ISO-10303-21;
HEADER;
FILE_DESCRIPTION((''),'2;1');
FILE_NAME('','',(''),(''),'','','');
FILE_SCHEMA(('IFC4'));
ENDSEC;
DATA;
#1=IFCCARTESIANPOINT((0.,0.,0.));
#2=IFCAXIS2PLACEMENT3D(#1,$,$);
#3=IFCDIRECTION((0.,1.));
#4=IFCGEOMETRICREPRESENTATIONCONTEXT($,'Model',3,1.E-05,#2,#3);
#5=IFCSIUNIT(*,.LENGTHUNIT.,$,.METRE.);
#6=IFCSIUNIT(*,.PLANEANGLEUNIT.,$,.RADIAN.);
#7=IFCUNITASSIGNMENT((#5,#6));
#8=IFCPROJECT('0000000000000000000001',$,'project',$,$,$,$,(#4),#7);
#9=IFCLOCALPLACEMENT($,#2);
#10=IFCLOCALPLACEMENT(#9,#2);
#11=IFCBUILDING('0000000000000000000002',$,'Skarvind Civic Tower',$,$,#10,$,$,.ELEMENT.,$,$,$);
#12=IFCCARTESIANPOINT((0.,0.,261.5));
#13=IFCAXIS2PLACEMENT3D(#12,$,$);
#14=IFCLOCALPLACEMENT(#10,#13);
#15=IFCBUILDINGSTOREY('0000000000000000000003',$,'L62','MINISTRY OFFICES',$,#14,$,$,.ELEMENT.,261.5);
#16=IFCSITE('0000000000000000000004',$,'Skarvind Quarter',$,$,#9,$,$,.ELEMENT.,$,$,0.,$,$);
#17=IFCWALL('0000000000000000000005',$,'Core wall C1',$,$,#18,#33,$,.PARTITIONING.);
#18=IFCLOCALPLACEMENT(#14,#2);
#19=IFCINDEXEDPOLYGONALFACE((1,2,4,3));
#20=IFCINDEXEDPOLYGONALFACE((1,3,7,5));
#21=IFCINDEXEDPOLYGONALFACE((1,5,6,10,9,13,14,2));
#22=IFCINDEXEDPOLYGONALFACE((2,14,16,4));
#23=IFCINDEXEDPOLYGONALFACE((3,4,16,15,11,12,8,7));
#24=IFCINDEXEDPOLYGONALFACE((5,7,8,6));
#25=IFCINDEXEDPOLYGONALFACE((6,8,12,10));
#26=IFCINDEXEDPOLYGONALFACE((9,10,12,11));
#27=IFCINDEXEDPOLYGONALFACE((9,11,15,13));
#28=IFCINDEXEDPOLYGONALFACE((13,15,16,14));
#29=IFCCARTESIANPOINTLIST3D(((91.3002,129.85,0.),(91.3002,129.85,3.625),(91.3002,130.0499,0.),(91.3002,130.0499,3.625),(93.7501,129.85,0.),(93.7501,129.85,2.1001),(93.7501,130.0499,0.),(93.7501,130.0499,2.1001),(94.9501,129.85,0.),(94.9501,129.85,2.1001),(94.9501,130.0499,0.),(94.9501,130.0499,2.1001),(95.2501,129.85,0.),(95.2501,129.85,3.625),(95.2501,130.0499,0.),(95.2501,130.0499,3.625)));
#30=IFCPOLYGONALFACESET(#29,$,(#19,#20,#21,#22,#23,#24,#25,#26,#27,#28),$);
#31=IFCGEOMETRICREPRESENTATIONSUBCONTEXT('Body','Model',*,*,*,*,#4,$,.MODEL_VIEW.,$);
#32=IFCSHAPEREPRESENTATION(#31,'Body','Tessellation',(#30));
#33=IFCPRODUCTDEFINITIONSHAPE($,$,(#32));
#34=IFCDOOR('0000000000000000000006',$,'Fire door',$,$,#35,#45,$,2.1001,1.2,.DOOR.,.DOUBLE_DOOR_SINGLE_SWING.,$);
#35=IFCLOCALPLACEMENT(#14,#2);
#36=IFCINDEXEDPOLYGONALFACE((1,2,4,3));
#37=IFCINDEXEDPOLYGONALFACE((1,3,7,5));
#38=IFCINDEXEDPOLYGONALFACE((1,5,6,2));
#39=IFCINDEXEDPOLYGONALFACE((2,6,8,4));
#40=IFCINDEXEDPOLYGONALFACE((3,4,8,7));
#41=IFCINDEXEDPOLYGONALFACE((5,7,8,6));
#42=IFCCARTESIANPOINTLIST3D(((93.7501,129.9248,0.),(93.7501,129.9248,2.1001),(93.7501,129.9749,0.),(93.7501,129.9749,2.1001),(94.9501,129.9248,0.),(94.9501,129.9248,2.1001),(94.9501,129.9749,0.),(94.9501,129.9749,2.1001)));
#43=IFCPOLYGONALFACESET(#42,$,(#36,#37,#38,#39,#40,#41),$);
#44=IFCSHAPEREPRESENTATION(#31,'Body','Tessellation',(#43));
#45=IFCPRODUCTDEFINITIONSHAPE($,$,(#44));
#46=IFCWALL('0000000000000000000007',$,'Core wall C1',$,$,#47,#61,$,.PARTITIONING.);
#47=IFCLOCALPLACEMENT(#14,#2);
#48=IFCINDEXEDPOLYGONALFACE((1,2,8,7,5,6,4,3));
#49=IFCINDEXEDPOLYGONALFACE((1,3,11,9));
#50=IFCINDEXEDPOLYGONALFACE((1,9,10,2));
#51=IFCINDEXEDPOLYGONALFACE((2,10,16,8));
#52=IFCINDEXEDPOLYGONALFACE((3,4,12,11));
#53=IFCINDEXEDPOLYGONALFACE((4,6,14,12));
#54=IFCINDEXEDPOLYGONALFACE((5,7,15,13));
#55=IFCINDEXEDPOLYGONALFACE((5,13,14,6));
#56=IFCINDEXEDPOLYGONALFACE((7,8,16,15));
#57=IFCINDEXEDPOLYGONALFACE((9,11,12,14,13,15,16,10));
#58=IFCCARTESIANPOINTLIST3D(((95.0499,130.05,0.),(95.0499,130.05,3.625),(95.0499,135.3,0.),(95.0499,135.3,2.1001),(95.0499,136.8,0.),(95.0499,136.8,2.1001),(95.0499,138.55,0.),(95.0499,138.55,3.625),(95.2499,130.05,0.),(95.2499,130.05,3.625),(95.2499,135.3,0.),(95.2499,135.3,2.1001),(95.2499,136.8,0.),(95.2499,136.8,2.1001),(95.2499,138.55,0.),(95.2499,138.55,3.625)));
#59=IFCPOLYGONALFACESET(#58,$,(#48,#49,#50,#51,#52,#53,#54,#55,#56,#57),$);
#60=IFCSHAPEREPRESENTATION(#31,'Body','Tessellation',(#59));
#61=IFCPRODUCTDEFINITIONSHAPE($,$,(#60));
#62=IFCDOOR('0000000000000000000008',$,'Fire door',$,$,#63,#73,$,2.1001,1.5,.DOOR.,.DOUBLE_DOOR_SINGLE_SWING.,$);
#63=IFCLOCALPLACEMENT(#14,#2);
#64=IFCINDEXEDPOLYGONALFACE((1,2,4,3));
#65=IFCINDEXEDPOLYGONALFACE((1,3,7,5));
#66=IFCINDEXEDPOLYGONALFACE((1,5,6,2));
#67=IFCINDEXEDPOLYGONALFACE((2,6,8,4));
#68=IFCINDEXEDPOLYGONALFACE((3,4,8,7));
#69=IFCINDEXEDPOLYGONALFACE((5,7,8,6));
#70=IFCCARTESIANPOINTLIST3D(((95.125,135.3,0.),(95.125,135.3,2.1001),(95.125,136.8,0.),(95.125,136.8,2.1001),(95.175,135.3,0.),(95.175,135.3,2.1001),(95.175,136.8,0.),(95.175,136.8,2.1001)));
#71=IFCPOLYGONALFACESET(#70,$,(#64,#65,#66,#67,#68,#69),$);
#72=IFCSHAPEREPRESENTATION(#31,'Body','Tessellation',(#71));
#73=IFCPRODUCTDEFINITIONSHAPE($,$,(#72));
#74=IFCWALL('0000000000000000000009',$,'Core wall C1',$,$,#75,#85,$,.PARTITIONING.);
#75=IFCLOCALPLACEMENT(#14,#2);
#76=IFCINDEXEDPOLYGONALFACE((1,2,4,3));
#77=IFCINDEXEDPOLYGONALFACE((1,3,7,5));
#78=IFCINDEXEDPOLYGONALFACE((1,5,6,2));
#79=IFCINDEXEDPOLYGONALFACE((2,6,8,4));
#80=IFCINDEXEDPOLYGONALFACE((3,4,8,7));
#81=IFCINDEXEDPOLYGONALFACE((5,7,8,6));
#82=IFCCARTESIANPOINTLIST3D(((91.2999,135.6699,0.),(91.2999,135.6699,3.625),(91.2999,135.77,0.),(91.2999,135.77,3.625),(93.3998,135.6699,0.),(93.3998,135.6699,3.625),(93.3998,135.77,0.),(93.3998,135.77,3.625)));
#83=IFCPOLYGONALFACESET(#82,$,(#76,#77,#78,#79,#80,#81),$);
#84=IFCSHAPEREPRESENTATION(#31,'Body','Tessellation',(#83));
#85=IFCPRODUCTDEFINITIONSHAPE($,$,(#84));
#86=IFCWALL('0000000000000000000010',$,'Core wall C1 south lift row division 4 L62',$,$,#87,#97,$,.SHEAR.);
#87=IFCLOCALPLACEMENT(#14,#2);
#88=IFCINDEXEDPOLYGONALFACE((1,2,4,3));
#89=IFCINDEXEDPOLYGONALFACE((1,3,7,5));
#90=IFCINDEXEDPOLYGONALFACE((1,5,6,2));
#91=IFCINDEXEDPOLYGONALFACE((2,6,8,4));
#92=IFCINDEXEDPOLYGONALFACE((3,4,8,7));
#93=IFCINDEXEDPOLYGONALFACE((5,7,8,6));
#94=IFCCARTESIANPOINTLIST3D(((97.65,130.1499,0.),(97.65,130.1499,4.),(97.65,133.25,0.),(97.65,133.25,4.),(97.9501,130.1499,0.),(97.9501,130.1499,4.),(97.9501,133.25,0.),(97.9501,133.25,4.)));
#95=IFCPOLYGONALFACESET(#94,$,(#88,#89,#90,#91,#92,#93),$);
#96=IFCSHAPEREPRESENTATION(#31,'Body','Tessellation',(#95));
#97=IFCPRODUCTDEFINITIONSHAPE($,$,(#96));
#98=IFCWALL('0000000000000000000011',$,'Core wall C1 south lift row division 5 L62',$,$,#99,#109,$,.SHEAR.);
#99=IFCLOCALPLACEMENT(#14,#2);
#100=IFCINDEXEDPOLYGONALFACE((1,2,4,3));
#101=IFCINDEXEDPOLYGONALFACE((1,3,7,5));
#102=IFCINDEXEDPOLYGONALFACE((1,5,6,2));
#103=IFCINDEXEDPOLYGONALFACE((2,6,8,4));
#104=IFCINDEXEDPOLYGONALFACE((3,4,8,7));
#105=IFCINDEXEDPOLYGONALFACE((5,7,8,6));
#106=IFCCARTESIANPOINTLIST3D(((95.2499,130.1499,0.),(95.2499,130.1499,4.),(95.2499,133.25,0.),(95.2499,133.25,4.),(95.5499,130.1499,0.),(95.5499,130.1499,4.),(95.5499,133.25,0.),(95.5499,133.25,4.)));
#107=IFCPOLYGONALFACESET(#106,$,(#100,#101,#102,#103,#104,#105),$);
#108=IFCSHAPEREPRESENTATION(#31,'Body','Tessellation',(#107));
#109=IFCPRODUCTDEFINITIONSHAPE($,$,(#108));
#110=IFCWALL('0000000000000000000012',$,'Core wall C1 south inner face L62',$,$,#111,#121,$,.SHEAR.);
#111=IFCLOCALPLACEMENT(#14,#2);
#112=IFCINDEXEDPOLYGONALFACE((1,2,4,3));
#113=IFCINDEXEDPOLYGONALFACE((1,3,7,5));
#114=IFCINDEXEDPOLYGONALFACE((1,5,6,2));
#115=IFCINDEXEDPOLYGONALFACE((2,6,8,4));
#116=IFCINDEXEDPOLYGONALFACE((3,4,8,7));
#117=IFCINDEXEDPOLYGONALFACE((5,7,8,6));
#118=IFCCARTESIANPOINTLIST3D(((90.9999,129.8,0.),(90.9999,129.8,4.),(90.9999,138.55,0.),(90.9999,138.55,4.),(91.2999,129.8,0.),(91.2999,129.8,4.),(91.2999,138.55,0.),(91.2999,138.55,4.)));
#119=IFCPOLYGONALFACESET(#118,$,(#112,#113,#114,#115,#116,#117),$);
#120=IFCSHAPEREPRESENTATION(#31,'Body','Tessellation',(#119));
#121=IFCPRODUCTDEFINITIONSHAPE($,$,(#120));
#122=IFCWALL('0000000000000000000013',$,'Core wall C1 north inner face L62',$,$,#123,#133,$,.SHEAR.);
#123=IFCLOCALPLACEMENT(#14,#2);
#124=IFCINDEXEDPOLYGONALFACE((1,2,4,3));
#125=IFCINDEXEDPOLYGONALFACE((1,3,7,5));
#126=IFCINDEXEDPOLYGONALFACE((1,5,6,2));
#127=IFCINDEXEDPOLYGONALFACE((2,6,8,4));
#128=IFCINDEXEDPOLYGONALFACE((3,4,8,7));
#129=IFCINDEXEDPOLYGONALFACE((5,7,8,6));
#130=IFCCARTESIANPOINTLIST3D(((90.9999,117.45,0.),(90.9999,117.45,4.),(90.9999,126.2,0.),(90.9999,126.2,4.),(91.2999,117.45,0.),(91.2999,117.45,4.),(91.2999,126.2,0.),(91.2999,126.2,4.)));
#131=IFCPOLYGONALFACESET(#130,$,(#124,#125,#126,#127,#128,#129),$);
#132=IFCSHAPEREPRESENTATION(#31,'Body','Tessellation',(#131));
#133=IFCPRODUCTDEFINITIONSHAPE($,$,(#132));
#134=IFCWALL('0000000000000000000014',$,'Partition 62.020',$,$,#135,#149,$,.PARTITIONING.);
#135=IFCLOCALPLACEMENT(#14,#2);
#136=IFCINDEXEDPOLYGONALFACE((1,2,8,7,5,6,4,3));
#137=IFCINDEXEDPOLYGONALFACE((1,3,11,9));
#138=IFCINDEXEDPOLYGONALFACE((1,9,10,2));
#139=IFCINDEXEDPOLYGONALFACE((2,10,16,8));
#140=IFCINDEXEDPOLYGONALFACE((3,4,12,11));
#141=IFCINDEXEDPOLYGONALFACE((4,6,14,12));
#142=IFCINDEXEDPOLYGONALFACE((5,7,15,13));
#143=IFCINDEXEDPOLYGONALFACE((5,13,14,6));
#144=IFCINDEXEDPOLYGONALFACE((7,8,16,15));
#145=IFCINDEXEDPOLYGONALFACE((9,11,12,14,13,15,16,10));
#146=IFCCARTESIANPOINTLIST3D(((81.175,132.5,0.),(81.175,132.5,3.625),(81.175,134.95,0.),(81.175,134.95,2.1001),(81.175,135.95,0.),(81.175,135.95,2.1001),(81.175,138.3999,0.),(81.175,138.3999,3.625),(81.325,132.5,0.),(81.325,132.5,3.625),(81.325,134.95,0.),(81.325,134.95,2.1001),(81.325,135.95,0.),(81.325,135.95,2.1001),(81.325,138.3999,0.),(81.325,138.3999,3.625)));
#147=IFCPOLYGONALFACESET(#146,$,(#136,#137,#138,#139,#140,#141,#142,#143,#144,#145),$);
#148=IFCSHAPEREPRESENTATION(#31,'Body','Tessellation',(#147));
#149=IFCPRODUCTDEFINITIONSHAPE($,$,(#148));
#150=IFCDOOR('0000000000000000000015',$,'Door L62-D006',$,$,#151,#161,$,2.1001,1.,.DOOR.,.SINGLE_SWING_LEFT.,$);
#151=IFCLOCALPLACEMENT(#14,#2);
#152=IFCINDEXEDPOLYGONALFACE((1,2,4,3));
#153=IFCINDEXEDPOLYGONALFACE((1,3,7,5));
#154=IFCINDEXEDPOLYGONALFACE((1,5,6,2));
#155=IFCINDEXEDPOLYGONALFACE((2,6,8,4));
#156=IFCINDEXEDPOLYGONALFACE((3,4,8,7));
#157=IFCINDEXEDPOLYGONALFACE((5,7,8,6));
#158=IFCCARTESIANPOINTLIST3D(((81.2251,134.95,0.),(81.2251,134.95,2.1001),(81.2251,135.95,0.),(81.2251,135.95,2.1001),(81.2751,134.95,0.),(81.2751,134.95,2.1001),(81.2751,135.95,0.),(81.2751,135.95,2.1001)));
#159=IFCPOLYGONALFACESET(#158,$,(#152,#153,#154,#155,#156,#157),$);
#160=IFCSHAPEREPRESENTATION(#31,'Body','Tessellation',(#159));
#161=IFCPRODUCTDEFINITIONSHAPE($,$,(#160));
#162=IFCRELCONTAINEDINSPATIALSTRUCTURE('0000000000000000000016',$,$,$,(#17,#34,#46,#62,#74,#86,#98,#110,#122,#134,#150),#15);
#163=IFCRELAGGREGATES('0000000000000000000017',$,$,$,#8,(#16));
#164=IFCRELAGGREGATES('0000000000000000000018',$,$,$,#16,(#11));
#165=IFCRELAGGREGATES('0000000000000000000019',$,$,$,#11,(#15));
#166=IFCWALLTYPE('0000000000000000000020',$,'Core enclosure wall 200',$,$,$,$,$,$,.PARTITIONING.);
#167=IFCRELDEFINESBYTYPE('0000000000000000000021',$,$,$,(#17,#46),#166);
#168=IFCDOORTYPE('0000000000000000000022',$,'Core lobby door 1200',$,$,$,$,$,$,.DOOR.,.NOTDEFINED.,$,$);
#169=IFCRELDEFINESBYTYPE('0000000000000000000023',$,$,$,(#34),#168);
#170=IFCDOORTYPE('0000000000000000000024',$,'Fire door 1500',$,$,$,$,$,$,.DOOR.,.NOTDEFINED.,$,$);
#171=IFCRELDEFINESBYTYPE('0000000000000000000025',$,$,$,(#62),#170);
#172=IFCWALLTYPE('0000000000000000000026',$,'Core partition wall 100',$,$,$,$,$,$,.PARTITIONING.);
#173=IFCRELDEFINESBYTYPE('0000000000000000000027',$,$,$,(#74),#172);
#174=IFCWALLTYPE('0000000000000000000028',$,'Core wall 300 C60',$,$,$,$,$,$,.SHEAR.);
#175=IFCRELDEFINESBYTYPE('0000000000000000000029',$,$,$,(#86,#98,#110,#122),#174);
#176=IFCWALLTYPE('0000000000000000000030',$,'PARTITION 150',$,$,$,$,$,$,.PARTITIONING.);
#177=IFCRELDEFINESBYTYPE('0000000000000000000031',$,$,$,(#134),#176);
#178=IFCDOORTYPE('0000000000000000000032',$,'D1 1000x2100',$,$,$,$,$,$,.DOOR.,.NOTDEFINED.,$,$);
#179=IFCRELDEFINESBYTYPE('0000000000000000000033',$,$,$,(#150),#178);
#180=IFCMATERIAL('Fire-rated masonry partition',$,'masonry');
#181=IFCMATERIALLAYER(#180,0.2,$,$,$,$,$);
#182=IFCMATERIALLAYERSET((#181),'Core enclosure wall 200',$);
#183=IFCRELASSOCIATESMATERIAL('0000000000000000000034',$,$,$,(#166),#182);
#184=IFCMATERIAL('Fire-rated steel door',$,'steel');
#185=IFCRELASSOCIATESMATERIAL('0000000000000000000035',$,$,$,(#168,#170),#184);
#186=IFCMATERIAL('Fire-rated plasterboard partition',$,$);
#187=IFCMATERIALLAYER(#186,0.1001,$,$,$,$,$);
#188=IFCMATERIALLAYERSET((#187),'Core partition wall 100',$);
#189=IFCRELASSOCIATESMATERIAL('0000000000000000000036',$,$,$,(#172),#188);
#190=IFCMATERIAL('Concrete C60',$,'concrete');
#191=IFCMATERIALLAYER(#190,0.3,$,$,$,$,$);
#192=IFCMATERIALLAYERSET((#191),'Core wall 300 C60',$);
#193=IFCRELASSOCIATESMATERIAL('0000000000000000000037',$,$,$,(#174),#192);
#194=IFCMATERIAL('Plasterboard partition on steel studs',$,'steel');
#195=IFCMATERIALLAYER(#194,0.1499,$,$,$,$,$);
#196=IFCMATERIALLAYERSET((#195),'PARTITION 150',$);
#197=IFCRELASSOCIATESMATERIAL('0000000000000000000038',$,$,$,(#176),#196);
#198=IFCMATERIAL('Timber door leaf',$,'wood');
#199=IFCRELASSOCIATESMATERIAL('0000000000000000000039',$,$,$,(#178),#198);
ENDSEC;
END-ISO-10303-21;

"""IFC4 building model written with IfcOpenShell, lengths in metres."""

from ifc_helpers import new_model, si_unit, direction, frame, frame_2d, origin, place, context, subcontext, project, spatial, rectangle, extrude, material, layer, layer_set, type_object, element, fill, save


model = new_model("IFC4")

# Units and contexts
model_context = context("Model", 3, precision=1e-05, world=origin(), true_north=direction((0.0, 1.0)))
body_context = subcontext(model_context, "Body", "Model", "MODEL_VIEW")
ifc_project = project(units=[si_unit("LENGTHUNIT", "METRE"), si_unit("PLANEANGLEUNIT", "RADIAN")], contexts=[model_context])

# Site, building, storey
site_placement = place(None, origin())
site = spatial("IfcSite", under=ifc_project, at=site_placement, Name="Skarvind Quarter", CompositionType="ELEMENT", RefElevation=0.0)
building_placement = place(site_placement, origin())
building = spatial("IfcBuilding", under=site, at=building_placement, Name="Skarvind Civic Tower", CompositionType="ELEMENT")
storey_placement = place(building_placement, frame((0.0, 0.0, 261.5)))
storey = spatial("IfcBuildingStorey", under=building, at=storey_placement, Name="L62", Description="MINISTRY OFFICES", CompositionType="ELEMENT", Elevation=261.5)

# Shared definitions
ifc_material_1 = material(Name="Concrete C60", Category="concrete")

# Shared definitions
ifc_material_2 = material(Name="Timber door leaf", Category="wood")

# Walls, openings, doors
ifc_material_3 = material(Name="Fire-rated masonry partition", Category="masonry")
ifc_layer_1 = layer(ifc_material_3, 0.2)
ifc_layer_set_1 = layer_set([ifc_layer_1], Name="Core enclosure wall 200")
wall_type_1 = type_object("IfcWallType", Name="Core enclosure wall 200", PredefinedType="PARTITIONING", material=ifc_layer_set_1)
ifc_material_4 = material(Name="Fire-rated steel door", Category="steel")
door_type_1 = type_object("IfcDoorType", Name="Core lobby door 1200", OperationType="NOTDEFINED", PredefinedType="DOOR", material=ifc_material_4)
wall_1_placement = place(storey_placement, frame((91.3, 129.95, 0.0), z_axis=(0.0, 0.0, 1.0), x_axis=(1.0, 0.0, 0.0)))
wall_1 = element("IfcWall", 1, at=wall_1_placement, inside=storey, type_object=wall_type_1, Name="Core wall C1", PredefinedType="PARTITIONING", context=body_context, shape_type="SweptSolid", body=[
    extrude(rectangle(XDim=3.95, YDim=0.2, at=frame_2d((1.9751, 0.0))), origin(), (0.0, 0.0, 1.0), 3.625),
])
opening_1_placement = place(wall_1_placement, frame((2.45, 0.0, 0.0)))
opening_1 = element("IfcOpeningElement", 2, at=opening_1_placement, cuts=wall_1, PredefinedType="OPENING", context=body_context, shape_type="SweptSolid", body=[
    extrude(rectangle(XDim=1.2, YDim=2.1001, at=frame_2d((0.6001, 1.05))), frame((0.0, 0.1099, 0.0), z_axis=(0.0, -1.0, 0.0), x_axis=(1.0, 0.0, 0.0)), (0.0, 0.0, 1.0), 0.22),
])
door_1_placement = place(opening_1_placement, origin())
door_1 = element("IfcDoor", 3, at=door_1_placement, inside=storey, type_object=door_type_1, Name="Fire door", OperationType="DOUBLE_DOOR_SINGLE_SWING", OverallHeight=2.1001, OverallWidth=1.2, PredefinedType="DOOR", context=body_context, shape_type="SweptSolid", body=[
    extrude(rectangle(XDim=1.2, YDim=2.1001, at=frame_2d((0.6001, 1.05))), frame((0.0, 0.0249, 0.0), z_axis=(0.0, -1.0, 0.0), x_axis=(1.0, 0.0, 0.0)), (0.0, 0.0, 1.0), 0.05),
])
fill(opening_1, door_1)
wall_2_placement = place(storey_placement, frame((95.1499, 130.05, 0.0), z_axis=(0.0, 0.0, 1.0), x_axis=(0.0, 1.0, 0.0)))
wall_2 = element("IfcWall", 4, at=wall_2_placement, inside=storey, type_object=wall_type_1, Name="Core wall C1", PredefinedType="PARTITIONING", context=body_context, shape_type="SweptSolid", body=[
    extrude(rectangle(XDim=8.5, YDim=0.2, at=frame_2d((4.25, 0.0))), origin(), (0.0, 0.0, 1.0), 3.625),
])
opening_2_placement = place(wall_2_placement, frame((5.25, 0.0, 0.0)))
opening_2 = element("IfcOpeningElement", 5, at=opening_2_placement, cuts=wall_2, PredefinedType="OPENING", context=body_context, shape_type="SweptSolid", body=[
    extrude(rectangle(XDim=1.5, YDim=2.1001, at=frame_2d((0.75, 1.05))), frame((0.0, 0.1099, 0.0), z_axis=(0.0, -1.0, 0.0), x_axis=(1.0, 0.0, 0.0)), (0.0, 0.0, 1.0), 0.22),
])
door_type_2 = type_object("IfcDoorType", Name="Fire door 1500", OperationType="NOTDEFINED", PredefinedType="DOOR", material=ifc_material_4)
door_2_placement = place(opening_2_placement, origin())
door_2 = element("IfcDoor", 6, at=door_2_placement, inside=storey, type_object=door_type_2, Name="Fire door", OperationType="DOUBLE_DOOR_SINGLE_SWING", OverallHeight=2.1001, OverallWidth=1.5, PredefinedType="DOOR", context=body_context, shape_type="SweptSolid", body=[
    extrude(rectangle(XDim=1.5, YDim=2.1001, at=frame_2d((0.75, 1.05))), frame((0.0, 0.0249, 0.0), z_axis=(0.0, -1.0, 0.0), x_axis=(1.0, 0.0, 0.0)), (0.0, 0.0, 1.0), 0.05),
])
fill(opening_2, door_2)

# Walls
ifc_material_5 = material(Name="Fire-rated plasterboard partition")
ifc_layer_2 = layer(ifc_material_5, 0.1001)
ifc_layer_set_2 = layer_set([ifc_layer_2], Name="Core partition wall 100")
wall_type_2 = type_object("IfcWallType", Name="Core partition wall 100", PredefinedType="PARTITIONING", material=ifc_layer_set_2)
wall_3_placement = place(storey_placement, frame((91.3, 135.72, 0.0), z_axis=(0.0, 0.0, 1.0), x_axis=(1.0, 0.0, 0.0)))
element("IfcWall", 7, at=wall_3_placement, inside=storey, type_object=wall_type_2, Name="Core wall C1", PredefinedType="PARTITIONING", context=body_context, shape_type="SweptSolid", body=[
    extrude(rectangle(XDim=2.0999, YDim=0.1001, at=frame_2d((1.0498, 0.0))), origin(), (0.0, 0.0, 1.0), 3.625),
])
ifc_layer_3 = layer(ifc_material_1, 0.3)
ifc_layer_set_3 = layer_set([ifc_layer_3], Name="Core wall 300 C60")
wall_type_3 = type_object("IfcWallType", Name="Core wall 300 C60", PredefinedType="SHEAR", material=ifc_layer_set_3)
for number, where, z_axis, x_axis, name in (
    (8, (97.8, 133.25, 0.0), (0.0, 0.0, 1.0), (0.0, -1.0, 0.0), "Core wall C1 south lift row division 4 L62"),
    (9, (95.3999, 133.25, 0.0), (0.0, 0.0, 1.0), (0.0, -1.0, 0.0), "Core wall C1 south lift row division 5 L62"),
):
    element("IfcWall", number, at=place(storey_placement, frame(where, z_axis=z_axis, x_axis=x_axis)), inside=storey, type_object=wall_type_3, Name=name, PredefinedType="SHEAR", context=body_context, shape_type="SweptSolid", body=[
        extrude(rectangle(XDim=3.1001, YDim=0.3, at=frame_2d((1.55, 0.0))), origin(), (0.0, 0.0, 1.0), 4.0),
    ])
for number, where, z_axis, x_axis, name in (
    (10, (91.1499, 138.55, 0.0), (0.0, 0.0, 1.0), (0.0, -1.0, 0.0), "Core wall C1 south inner face L62"),
    (11, (91.1499, 126.2, 0.0), (0.0, 0.0, 1.0), (0.0, -1.0, 0.0), "Core wall C1 north inner face L62"),
):
    element("IfcWall", number, at=place(storey_placement, frame(where, z_axis=z_axis, x_axis=x_axis)), inside=storey, type_object=wall_type_3, Name=name, PredefinedType="SHEAR", context=body_context, shape_type="SweptSolid", body=[
        extrude(rectangle(XDim=8.75, YDim=0.3, at=frame_2d((4.375, 0.0))), origin(), (0.0, 0.0, 1.0), 4.0),
    ])

# Wall, opening, door
ifc_material_6 = material(Name="Plasterboard partition on steel studs", Category="steel")
ifc_layer_4 = layer(ifc_material_6, 0.1499)
ifc_layer_set_4 = layer_set([ifc_layer_4], Name="PARTITION 150")
wall_type_4 = type_object("IfcWallType", Name="PARTITION 150", PredefinedType="PARTITIONING", material=ifc_layer_set_4)
wall_4_placement = place(storey_placement, frame((81.25, 132.5, 0.0), z_axis=(0.0, 0.0, 1.0), x_axis=(0.0, 1.0, 0.0)))
wall_4 = element("IfcWall", 12, at=wall_4_placement, inside=storey, type_object=wall_type_4, Name="Partition 62.020", PredefinedType="PARTITIONING", context=body_context, shape_type="SweptSolid", body=[
    extrude(rectangle(XDim=5.8999, YDim=0.1499, at=frame_2d((2.95, 0.0))), origin(), (0.0, 0.0, 1.0), 3.625),
])
opening_3_placement = place(wall_4_placement, frame((2.45, 0.0, 0.0)))
opening_3 = element("IfcOpeningElement", 13, at=opening_3_placement, cuts=wall_4, PredefinedType="OPENING", context=body_context, shape_type="SweptSolid", body=[
    extrude(rectangle(XDim=1.0, YDim=2.1001, at=frame_2d((0.5, 1.05))), frame((0.0, 0.085, 0.0), z_axis=(0.0, -1.0, 0.0), x_axis=(1.0, 0.0, 0.0)), (0.0, 0.0, 1.0), 0.1699),
])
door_type_3 = type_object("IfcDoorType", Name="D1 1000x2100", OperationType="NOTDEFINED", PredefinedType="DOOR", material=ifc_material_2)
door_3_placement = place(opening_3_placement, origin())
door_3 = element("IfcDoor", 14, at=door_3_placement, inside=storey, type_object=door_type_3, Name="Door L62-D006", OperationType="SINGLE_SWING_LEFT", OverallHeight=2.1001, OverallWidth=1.0, PredefinedType="DOOR", context=body_context, shape_type="SweptSolid", body=[
    extrude(rectangle(XDim=1.0, YDim=2.1001, at=frame_2d((0.5, 1.05))), frame((0.0, 0.0249, 0.0), z_axis=(0.0, -1.0, 0.0), x_axis=(1.0, 0.0, 0.0)), (0.0, 0.0, 1.0), 0.05),
])
fill(opening_3, door_3)

save(model, "model.ifc")
